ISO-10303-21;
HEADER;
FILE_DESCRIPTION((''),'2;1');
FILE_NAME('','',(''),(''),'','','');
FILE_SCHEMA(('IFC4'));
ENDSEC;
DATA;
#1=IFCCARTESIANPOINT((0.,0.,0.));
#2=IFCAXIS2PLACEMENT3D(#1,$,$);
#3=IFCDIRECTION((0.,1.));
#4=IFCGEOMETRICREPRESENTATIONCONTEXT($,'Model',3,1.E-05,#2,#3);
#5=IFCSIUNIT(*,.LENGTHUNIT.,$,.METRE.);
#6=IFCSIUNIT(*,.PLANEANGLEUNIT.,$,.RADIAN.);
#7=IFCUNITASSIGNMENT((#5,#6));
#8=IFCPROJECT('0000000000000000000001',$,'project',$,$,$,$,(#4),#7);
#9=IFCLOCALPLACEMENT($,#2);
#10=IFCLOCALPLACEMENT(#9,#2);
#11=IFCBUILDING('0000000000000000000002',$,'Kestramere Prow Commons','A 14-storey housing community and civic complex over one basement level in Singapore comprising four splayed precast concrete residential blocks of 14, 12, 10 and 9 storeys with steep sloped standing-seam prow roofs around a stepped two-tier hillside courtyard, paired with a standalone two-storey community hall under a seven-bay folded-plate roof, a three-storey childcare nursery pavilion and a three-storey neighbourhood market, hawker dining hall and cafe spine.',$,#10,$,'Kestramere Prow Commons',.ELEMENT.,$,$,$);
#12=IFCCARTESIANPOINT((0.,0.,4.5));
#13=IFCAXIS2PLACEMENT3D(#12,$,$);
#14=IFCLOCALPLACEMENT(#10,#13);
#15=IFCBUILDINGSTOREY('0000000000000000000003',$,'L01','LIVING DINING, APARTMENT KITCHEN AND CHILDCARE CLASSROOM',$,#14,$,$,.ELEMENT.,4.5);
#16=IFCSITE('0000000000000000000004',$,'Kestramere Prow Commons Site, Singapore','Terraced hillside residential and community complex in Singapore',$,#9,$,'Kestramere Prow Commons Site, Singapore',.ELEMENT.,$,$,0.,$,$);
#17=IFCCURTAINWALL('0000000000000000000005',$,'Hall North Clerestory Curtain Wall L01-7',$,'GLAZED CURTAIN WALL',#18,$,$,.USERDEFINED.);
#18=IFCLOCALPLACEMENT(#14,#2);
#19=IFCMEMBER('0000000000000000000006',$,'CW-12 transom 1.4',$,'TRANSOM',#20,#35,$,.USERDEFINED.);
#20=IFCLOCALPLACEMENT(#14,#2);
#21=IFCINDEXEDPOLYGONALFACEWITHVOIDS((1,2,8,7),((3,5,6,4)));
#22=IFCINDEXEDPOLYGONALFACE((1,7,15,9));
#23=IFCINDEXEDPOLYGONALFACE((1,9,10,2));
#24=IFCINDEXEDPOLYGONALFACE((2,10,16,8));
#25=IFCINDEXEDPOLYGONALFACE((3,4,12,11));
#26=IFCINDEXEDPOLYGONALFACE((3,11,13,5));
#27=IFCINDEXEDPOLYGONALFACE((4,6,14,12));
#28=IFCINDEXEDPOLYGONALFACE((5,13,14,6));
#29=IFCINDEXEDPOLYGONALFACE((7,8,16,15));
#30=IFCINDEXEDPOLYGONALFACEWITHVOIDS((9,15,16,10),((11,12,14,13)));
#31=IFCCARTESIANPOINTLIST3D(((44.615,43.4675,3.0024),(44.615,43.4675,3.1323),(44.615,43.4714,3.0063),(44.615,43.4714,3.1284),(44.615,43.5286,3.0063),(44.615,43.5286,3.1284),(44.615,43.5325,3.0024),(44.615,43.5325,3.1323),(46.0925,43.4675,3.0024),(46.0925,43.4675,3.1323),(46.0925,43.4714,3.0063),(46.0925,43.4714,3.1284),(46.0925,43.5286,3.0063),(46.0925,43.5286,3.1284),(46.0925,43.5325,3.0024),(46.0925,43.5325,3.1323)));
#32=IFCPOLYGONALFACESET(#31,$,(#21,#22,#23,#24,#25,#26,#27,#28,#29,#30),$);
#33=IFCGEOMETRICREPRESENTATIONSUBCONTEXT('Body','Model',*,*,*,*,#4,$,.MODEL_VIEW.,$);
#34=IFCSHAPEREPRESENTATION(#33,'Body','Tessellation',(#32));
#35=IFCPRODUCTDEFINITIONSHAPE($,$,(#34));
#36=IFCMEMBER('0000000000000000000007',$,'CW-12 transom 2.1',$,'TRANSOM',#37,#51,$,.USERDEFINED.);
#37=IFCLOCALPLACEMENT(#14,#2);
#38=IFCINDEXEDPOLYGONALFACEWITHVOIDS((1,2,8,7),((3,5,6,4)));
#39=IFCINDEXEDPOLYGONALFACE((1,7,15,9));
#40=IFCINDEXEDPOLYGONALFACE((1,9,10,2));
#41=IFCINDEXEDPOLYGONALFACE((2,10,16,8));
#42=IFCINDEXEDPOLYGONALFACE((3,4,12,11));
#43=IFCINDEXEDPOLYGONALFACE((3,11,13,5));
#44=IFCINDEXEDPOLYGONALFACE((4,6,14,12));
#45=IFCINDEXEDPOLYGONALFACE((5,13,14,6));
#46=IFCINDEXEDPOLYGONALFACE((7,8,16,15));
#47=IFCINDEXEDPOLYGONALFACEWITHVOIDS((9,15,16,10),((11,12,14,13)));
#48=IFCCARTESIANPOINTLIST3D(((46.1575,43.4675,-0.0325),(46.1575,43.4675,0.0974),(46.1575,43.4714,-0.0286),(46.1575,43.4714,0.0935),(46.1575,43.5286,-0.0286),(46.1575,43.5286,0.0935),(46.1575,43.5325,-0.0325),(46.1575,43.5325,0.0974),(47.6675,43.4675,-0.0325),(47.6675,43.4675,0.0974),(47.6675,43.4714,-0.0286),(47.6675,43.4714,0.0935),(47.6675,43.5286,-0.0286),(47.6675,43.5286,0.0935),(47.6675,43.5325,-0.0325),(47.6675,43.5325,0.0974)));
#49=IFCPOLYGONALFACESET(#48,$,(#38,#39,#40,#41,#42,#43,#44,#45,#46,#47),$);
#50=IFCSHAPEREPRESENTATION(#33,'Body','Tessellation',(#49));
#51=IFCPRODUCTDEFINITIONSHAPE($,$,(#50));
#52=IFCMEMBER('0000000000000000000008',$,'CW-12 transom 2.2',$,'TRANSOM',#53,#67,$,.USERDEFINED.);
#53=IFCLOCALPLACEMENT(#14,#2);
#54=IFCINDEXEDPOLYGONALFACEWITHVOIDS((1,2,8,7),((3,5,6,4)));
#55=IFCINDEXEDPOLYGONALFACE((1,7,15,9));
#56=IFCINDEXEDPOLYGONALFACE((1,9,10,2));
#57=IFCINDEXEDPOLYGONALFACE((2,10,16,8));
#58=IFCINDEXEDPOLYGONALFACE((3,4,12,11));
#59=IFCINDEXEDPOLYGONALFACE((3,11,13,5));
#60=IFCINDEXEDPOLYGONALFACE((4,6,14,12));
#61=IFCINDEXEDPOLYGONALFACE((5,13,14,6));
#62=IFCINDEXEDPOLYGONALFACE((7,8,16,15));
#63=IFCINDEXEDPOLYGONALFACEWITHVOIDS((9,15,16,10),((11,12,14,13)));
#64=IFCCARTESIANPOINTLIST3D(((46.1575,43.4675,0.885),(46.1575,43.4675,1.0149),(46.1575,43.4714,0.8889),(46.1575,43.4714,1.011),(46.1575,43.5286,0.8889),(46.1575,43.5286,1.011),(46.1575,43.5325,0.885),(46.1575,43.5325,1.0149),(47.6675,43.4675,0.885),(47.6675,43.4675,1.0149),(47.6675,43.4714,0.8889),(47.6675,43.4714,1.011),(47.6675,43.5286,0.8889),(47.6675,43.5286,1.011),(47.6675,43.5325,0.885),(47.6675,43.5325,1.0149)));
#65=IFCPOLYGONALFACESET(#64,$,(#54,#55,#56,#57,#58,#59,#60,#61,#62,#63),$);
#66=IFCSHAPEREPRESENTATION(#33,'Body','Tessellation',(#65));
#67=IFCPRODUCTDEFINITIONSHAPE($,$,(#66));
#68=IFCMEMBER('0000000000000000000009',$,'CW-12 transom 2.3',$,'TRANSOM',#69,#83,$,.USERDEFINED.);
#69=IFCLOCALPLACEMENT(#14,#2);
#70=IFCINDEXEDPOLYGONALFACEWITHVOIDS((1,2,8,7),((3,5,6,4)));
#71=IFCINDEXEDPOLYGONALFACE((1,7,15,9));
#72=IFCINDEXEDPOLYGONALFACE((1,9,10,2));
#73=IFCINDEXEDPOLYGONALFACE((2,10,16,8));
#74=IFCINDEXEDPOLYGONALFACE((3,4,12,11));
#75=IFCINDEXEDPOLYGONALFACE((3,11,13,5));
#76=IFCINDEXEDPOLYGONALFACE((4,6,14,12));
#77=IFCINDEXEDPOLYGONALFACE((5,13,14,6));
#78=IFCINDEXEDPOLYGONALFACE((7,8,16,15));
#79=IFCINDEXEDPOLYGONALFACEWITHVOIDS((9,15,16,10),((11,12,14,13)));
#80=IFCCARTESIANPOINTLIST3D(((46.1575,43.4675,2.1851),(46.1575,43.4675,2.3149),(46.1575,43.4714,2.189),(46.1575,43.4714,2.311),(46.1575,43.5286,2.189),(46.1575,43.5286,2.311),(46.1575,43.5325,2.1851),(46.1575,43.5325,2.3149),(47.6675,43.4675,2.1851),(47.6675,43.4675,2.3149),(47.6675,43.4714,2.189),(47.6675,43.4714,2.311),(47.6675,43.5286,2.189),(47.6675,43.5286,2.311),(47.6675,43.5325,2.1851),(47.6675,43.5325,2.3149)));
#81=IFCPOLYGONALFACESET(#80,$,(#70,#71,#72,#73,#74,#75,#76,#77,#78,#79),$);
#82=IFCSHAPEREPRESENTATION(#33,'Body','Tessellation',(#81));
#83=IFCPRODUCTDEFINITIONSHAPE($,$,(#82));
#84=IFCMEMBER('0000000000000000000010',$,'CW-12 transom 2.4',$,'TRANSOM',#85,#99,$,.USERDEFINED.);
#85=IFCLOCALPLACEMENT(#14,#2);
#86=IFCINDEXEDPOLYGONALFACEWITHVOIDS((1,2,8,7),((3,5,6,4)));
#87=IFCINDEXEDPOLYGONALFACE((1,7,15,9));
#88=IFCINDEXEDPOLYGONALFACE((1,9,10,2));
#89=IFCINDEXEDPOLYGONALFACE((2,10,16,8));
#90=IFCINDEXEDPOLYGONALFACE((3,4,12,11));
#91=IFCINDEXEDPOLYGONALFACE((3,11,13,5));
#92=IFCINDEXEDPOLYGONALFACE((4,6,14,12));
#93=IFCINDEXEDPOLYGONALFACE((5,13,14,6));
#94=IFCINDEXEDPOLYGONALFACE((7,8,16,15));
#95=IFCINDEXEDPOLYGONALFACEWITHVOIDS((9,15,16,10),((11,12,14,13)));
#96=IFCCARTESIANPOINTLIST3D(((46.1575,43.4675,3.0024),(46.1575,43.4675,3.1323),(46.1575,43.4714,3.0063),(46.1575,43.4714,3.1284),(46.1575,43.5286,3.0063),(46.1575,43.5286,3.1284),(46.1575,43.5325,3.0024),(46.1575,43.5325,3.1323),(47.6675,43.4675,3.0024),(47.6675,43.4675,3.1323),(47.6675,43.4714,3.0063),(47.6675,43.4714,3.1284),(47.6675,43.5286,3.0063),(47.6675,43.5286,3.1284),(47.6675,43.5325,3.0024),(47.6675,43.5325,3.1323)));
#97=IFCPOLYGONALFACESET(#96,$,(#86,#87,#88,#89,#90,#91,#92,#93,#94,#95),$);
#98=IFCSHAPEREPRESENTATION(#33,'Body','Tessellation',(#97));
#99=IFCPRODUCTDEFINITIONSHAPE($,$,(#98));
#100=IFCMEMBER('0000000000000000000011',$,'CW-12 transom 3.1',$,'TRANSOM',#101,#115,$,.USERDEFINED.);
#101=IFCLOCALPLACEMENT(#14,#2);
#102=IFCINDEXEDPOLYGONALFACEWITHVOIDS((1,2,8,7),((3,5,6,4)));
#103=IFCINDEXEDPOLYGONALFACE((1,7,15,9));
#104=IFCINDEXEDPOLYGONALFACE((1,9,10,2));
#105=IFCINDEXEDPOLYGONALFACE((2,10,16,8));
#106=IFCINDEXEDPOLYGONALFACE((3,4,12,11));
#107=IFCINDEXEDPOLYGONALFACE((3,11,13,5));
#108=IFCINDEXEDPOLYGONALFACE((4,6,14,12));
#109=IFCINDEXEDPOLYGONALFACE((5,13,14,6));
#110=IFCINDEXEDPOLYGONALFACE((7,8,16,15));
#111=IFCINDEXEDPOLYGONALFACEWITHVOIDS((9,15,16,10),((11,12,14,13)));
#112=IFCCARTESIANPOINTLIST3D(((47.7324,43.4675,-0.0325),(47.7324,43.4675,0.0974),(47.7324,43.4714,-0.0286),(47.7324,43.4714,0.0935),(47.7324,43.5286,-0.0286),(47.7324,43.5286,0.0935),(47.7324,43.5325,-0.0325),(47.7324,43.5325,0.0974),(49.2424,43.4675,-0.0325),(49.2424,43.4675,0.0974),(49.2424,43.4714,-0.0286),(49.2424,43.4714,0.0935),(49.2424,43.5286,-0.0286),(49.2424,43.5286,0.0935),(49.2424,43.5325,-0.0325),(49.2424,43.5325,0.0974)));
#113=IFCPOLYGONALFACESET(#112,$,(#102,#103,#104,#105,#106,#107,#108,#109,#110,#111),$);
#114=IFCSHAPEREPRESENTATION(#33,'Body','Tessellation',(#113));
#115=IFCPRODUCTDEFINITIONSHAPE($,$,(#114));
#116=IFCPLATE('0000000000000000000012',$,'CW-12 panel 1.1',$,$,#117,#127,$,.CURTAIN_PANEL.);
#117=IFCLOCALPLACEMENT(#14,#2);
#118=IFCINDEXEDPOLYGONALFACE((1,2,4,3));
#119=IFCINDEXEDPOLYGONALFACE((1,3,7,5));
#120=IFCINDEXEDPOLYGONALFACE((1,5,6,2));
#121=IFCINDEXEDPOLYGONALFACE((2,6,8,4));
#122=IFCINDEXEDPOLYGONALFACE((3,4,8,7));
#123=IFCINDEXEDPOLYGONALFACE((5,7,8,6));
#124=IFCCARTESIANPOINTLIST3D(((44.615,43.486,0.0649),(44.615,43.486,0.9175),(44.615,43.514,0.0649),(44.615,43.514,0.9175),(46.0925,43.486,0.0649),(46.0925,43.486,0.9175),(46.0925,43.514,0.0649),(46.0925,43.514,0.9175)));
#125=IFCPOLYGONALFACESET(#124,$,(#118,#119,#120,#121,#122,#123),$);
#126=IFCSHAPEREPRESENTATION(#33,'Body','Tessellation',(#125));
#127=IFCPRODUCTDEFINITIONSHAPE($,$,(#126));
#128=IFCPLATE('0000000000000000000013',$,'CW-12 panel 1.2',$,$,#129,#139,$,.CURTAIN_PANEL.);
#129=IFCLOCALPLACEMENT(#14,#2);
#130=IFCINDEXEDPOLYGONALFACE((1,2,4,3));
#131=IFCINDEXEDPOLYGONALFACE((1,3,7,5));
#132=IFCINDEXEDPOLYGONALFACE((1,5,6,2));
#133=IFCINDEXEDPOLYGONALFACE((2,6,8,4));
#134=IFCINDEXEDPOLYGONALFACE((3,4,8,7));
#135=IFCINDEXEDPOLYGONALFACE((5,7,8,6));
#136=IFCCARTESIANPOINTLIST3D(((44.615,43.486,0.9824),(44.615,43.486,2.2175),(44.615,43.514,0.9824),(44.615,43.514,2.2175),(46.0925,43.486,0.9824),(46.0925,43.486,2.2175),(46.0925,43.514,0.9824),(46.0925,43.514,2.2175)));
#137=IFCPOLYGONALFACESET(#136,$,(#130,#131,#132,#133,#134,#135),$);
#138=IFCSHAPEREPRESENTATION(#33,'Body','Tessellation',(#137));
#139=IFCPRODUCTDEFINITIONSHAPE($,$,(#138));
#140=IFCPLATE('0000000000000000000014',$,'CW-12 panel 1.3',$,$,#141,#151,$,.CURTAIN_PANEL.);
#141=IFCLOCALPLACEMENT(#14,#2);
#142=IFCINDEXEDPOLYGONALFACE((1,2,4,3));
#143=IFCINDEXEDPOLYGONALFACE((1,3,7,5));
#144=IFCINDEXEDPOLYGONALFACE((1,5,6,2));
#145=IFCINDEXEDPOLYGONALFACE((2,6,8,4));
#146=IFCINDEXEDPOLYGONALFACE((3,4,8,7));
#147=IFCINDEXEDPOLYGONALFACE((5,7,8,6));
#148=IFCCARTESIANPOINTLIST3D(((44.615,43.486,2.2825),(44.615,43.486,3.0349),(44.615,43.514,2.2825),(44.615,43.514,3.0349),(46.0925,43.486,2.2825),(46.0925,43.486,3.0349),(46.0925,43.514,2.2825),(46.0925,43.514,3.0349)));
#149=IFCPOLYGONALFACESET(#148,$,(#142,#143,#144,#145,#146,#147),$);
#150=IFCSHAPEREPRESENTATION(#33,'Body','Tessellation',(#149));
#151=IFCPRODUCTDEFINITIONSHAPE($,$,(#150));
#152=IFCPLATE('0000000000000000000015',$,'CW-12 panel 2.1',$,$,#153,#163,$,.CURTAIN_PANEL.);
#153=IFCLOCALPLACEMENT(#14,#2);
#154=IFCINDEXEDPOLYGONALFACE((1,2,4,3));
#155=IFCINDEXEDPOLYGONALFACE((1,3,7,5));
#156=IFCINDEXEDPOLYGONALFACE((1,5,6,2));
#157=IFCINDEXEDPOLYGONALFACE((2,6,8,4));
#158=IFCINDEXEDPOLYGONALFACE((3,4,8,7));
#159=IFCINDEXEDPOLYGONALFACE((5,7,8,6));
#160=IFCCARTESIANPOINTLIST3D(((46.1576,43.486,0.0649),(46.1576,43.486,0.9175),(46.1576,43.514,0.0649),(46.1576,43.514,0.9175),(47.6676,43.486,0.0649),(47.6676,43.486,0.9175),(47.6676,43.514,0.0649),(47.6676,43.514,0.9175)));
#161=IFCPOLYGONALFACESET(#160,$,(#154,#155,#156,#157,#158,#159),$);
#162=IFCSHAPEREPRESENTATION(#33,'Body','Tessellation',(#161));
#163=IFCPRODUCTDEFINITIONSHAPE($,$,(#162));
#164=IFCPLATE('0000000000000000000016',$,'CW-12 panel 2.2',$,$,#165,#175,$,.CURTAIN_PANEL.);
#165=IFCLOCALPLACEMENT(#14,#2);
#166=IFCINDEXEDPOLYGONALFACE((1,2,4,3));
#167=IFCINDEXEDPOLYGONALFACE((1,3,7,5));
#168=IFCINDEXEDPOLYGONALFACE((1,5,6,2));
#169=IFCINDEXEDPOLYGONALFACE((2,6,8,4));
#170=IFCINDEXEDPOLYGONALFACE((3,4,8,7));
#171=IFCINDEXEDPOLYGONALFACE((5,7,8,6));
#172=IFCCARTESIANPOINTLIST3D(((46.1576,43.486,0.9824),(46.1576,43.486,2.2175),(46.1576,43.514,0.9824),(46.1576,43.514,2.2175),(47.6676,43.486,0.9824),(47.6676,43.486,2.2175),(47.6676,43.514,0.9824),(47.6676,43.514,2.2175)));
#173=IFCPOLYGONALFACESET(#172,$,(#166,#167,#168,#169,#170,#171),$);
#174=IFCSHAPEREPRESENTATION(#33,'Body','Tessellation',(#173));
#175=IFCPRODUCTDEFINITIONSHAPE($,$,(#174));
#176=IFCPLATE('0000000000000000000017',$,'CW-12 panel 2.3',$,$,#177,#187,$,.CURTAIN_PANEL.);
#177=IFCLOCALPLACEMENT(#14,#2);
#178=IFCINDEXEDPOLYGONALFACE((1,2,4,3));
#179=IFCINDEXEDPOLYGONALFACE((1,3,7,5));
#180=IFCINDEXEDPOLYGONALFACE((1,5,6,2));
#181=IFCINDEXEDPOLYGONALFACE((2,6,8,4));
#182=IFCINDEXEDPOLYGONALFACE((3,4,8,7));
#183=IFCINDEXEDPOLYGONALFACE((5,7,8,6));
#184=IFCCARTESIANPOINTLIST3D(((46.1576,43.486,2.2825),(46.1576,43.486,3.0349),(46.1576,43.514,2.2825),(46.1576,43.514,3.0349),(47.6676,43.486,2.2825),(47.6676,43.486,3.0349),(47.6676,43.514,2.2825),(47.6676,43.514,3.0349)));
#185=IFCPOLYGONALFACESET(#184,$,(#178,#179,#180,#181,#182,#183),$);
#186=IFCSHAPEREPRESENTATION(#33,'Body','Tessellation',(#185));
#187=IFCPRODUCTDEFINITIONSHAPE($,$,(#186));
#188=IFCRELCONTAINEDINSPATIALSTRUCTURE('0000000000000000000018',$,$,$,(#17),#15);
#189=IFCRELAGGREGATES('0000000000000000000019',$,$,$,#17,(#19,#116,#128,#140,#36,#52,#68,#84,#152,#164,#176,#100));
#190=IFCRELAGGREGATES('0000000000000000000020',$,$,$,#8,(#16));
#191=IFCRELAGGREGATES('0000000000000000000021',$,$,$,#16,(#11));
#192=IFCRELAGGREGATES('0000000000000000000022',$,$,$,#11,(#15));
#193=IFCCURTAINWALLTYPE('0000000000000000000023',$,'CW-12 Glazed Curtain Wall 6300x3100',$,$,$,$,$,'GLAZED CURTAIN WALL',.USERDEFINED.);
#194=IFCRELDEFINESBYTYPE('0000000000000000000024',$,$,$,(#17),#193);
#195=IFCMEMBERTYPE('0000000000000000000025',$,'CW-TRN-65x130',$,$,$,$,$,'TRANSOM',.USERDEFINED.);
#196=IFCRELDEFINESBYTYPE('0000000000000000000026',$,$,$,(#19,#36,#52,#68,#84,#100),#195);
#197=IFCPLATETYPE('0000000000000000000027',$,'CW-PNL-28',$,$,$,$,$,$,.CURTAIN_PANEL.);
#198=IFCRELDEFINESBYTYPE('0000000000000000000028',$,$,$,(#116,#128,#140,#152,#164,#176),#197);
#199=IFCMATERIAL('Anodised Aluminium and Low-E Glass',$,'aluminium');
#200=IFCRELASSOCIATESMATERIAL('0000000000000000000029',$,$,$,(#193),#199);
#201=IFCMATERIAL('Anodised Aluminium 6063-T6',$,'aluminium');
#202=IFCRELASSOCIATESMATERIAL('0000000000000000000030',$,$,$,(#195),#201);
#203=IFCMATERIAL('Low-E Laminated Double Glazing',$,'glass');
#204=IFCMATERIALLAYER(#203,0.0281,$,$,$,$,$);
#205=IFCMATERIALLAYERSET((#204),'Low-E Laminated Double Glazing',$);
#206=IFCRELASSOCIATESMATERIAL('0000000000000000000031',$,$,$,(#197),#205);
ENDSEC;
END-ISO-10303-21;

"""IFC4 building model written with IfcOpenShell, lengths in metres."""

from ifc_helpers import new_model, si_unit, direction, frame, origin, origin_2d, place, context, subcontext, project, spatial, rectangle, hollow_rectangle, extrude, material, layer, layer_set, material_profile, profile_set, type_object, element, aggregate, save


model = new_model("IFC4")

# Units and contexts
model_context = context("Model", 3, precision=1e-05, world=origin(), true_north=direction((0.0, 1.0)))
body_context = subcontext(model_context, "Body", "Model", "MODEL_VIEW")
ifc_project = project(units=[si_unit("LENGTHUNIT", "METRE"), si_unit("PLANEANGLEUNIT", "RADIAN")], contexts=[model_context])

# Site, building, storey
site_placement = place(None, origin())
site = spatial("IfcSite", under=ifc_project, at=site_placement, Name="Kestramere Prow Commons Site, Singapore", Description="Terraced hillside residential and community complex in Singapore", LongName="Kestramere Prow Commons Site, Singapore", CompositionType="ELEMENT", RefElevation=0.0)
building_placement = place(site_placement, origin())
building = spatial("IfcBuilding", under=site, at=building_placement, Name="Kestramere Prow Commons", Description="A 14-storey housing community and civic complex over one basement level in Singapore comprising four splayed precast concrete residential blocks of 14, 12, 10 and 9 storeys with steep sloped standing-seam prow roofs around a stepped two-tier hillside courtyard, paired with a standalone two-storey community hall under a seven-bay folded-plate roof, a three-storey childcare nursery pavilion and a three-storey neighbourhood market, hawker dining hall and cafe spine.", LongName="Kestramere Prow Commons", CompositionType="ELEMENT")
storey_placement = place(building_placement, frame((0.0, 0.0, 4.5)))
storey = spatial("IfcBuildingStorey", under=building, at=storey_placement, Name="L01", Description="LIVING DINING, APARTMENT KITCHEN AND CHILDCARE CLASSROOM", CompositionType="ELEMENT", Elevation=4.5)

# Shared definitions
ifc_material_1 = material(Name="Anodised Aluminium and Low-E Glass", Category="aluminium")
curtain_wall_type = type_object("IfcCurtainWallType", Name="CW-12 Glazed Curtain Wall 6300x3100", ElementType="GLAZED CURTAIN WALL", PredefinedType="USERDEFINED", material=ifc_material_1)
ifc_material_2 = material(Name="Anodised Aluminium 6063-T6", Category="aluminium")

# Curtain wall, members, plates
curtain_wall_1_placement = place(storey_placement, origin())
curtain_wall_1 = element("IfcCurtainWall", 1, at=curtain_wall_1_placement, inside=storey, type_object=curtain_wall_type, Name="Hall North Clerestory Curtain Wall L01-7", ObjectType="GLAZED CURTAIN WALL", PredefinedType="USERDEFINED")
ifc_material_profile_1 = material_profile(ifc_material_2, hollow_rectangle(XDim=0.0649, YDim=0.1299, WallThickness=0.0039, at=origin_2d()), Name="ALU-TRN 65x130")
ifc_profile_set_1 = profile_set([ifc_material_profile_1], Name="Anodised Aluminium 6063-T6")
member_type_1 = type_object("IfcMemberType", Name="CW-TRN-65x130", ElementType="TRANSOM", PredefinedType="USERDEFINED", material=ifc_profile_set_1)
member_1_placement = place(storey_placement, frame((44.615, 43.5, 3.0674), z_axis=(1.0, 0.0, 0.0), x_axis=(0.0, 1.0, 0.0)))
member_1 = element("IfcMember", 2, at=member_1_placement, type_object=member_type_1, Name="CW-12 transom 1.4", ObjectType="TRANSOM", PredefinedType="USERDEFINED", context=body_context, shape_type="SweptSolid", body=[
    extrude(hollow_rectangle(XDim=0.0649, YDim=0.1299, WallThickness=0.0039, at=origin_2d()), origin(), (0.0, 0.0, 1.0), 1.4775),
])
member_2_placement = place(storey_placement, frame((46.1575, 43.5, 0.0325), z_axis=(1.0, 0.0, 0.0), x_axis=(0.0, 1.0, 0.0)))
member_2 = element("IfcMember", 3, at=member_2_placement, type_object=member_type_1, Name="CW-12 transom 2.1", ObjectType="TRANSOM", PredefinedType="USERDEFINED", context=body_context, shape_type="SweptSolid", body=[
    extrude(hollow_rectangle(XDim=0.0649, YDim=0.1299, WallThickness=0.0039, at=origin_2d()), origin(), (0.0, 0.0, 1.0), 1.51),
])
member_3_placement = place(storey_placement, frame((46.1575, 43.5, 0.95), z_axis=(1.0, 0.0, 0.0), x_axis=(0.0, 1.0, 0.0)))
member_3 = element("IfcMember", 4, at=member_3_placement, type_object=member_type_1, Name="CW-12 transom 2.2", ObjectType="TRANSOM", PredefinedType="USERDEFINED", context=body_context, shape_type="SweptSolid", body=[
    extrude(hollow_rectangle(XDim=0.0649, YDim=0.1299, WallThickness=0.0039, at=origin_2d()), origin(), (0.0, 0.0, 1.0), 1.51),
])
member_4_placement = place(storey_placement, frame((46.1575, 43.5, 2.25), z_axis=(1.0, 0.0, 0.0), x_axis=(0.0, 1.0, 0.0)))
member_4 = element("IfcMember", 5, at=member_4_placement, type_object=member_type_1, Name="CW-12 transom 2.3", ObjectType="TRANSOM", PredefinedType="USERDEFINED", context=body_context, shape_type="SweptSolid", body=[
    extrude(hollow_rectangle(XDim=0.0649, YDim=0.1299, WallThickness=0.0039, at=origin_2d()), origin(), (0.0, 0.0, 1.0), 1.51),
])
member_5_placement = place(storey_placement, frame((46.1575, 43.5, 3.0674), z_axis=(1.0, 0.0, 0.0), x_axis=(0.0, 1.0, 0.0)))
member_5 = element("IfcMember", 6, at=member_5_placement, type_object=member_type_1, Name="CW-12 transom 2.4", ObjectType="TRANSOM", PredefinedType="USERDEFINED", context=body_context, shape_type="SweptSolid", body=[
    extrude(hollow_rectangle(XDim=0.0649, YDim=0.1299, WallThickness=0.0039, at=origin_2d()), origin(), (0.0, 0.0, 1.0), 1.51),
])
member_6_placement = place(storey_placement, frame((47.7324, 43.5, 0.0325), z_axis=(1.0, 0.0, 0.0), x_axis=(0.0, 1.0, 0.0)))
member_6 = element("IfcMember", 7, at=member_6_placement, type_object=member_type_1, Name="CW-12 transom 3.1", ObjectType="TRANSOM", PredefinedType="USERDEFINED", context=body_context, shape_type="SweptSolid", body=[
    extrude(hollow_rectangle(XDim=0.0649, YDim=0.1299, WallThickness=0.0039, at=origin_2d()), origin(), (0.0, 0.0, 1.0), 1.51),
])
ifc_material_3 = material(Name="Low-E Laminated Double Glazing", Category="glass")
ifc_layer = layer(ifc_material_3, 0.0281)
ifc_layer_set = layer_set([ifc_layer], Name="Low-E Laminated Double Glazing")
plate_type = type_object("IfcPlateType", Name="CW-PNL-28", PredefinedType="CURTAIN_PANEL", material=ifc_layer_set)
plate_1_placement = place(storey_placement, frame((45.3538, 43.5, 0.0649), z_axis=(0.0, 0.0, 1.0), x_axis=(1.0, 0.0, 0.0)))
plate_1 = element("IfcPlate", 8, at=plate_1_placement, type_object=plate_type, Name="CW-12 panel 1.1", PredefinedType="CURTAIN_PANEL", context=body_context, shape_type="SweptSolid", body=[
    extrude(rectangle(XDim=1.4775, YDim=0.0281, at=origin_2d()), origin(), (0.0, 0.0, 1.0), 0.8525),
])
plate_2_placement = place(storey_placement, frame((45.3538, 43.5, 0.9824), z_axis=(0.0, 0.0, 1.0), x_axis=(1.0, 0.0, 0.0)))
plate_2 = element("IfcPlate", 9, at=plate_2_placement, type_object=plate_type, Name="CW-12 panel 1.2", PredefinedType="CURTAIN_PANEL", context=body_context, shape_type="SweptSolid", body=[
    extrude(rectangle(XDim=1.4775, YDim=0.0281, at=origin_2d()), origin(), (0.0, 0.0, 1.0), 1.2351),
])
plate_3_placement = place(storey_placement, frame((45.3538, 43.5, 2.2825), z_axis=(0.0, 0.0, 1.0), x_axis=(1.0, 0.0, 0.0)))
plate_3 = element("IfcPlate", 10, at=plate_3_placement, type_object=plate_type, Name="CW-12 panel 1.3", PredefinedType="CURTAIN_PANEL", context=body_context, shape_type="SweptSolid", body=[
    extrude(rectangle(XDim=1.4775, YDim=0.0281, at=origin_2d()), origin(), (0.0, 0.0, 1.0), 0.7524),
])
plate_4_placement = place(storey_placement, frame((46.9126, 43.5, 0.0649), z_axis=(0.0, 0.0, 1.0), x_axis=(1.0, 0.0, 0.0)))
plate_4 = element("IfcPlate", 11, at=plate_4_placement, type_object=plate_type, Name="CW-12 panel 2.1", PredefinedType="CURTAIN_PANEL", context=body_context, shape_type="SweptSolid", body=[
    extrude(rectangle(XDim=1.51, YDim=0.0281, at=origin_2d()), origin(), (0.0, 0.0, 1.0), 0.8525),
])
plate_5_placement = place(storey_placement, frame((46.9126, 43.5, 0.9824), z_axis=(0.0, 0.0, 1.0), x_axis=(1.0, 0.0, 0.0)))
plate_5 = element("IfcPlate", 12, at=plate_5_placement, type_object=plate_type, Name="CW-12 panel 2.2", PredefinedType="CURTAIN_PANEL", context=body_context, shape_type="SweptSolid", body=[
    extrude(rectangle(XDim=1.51, YDim=0.0281, at=origin_2d()), origin(), (0.0, 0.0, 1.0), 1.2351),
])
plate_6_placement = place(storey_placement, frame((46.9126, 43.5, 2.2825), z_axis=(0.0, 0.0, 1.0), x_axis=(1.0, 0.0, 0.0)))
plate_6 = element("IfcPlate", 13, at=plate_6_placement, type_object=plate_type, Name="CW-12 panel 2.3", PredefinedType="CURTAIN_PANEL", context=body_context, shape_type="SweptSolid", body=[
    extrude(rectangle(XDim=1.51, YDim=0.0281, at=origin_2d()), origin(), (0.0, 0.0, 1.0), 0.7524),
])
aggregate(curtain_wall_1, [member_1, plate_1, plate_2, plate_3, member_2, member_3, member_4, member_5, plate_4, plate_5, plate_6, member_6])

save(model, "model.ifc")
